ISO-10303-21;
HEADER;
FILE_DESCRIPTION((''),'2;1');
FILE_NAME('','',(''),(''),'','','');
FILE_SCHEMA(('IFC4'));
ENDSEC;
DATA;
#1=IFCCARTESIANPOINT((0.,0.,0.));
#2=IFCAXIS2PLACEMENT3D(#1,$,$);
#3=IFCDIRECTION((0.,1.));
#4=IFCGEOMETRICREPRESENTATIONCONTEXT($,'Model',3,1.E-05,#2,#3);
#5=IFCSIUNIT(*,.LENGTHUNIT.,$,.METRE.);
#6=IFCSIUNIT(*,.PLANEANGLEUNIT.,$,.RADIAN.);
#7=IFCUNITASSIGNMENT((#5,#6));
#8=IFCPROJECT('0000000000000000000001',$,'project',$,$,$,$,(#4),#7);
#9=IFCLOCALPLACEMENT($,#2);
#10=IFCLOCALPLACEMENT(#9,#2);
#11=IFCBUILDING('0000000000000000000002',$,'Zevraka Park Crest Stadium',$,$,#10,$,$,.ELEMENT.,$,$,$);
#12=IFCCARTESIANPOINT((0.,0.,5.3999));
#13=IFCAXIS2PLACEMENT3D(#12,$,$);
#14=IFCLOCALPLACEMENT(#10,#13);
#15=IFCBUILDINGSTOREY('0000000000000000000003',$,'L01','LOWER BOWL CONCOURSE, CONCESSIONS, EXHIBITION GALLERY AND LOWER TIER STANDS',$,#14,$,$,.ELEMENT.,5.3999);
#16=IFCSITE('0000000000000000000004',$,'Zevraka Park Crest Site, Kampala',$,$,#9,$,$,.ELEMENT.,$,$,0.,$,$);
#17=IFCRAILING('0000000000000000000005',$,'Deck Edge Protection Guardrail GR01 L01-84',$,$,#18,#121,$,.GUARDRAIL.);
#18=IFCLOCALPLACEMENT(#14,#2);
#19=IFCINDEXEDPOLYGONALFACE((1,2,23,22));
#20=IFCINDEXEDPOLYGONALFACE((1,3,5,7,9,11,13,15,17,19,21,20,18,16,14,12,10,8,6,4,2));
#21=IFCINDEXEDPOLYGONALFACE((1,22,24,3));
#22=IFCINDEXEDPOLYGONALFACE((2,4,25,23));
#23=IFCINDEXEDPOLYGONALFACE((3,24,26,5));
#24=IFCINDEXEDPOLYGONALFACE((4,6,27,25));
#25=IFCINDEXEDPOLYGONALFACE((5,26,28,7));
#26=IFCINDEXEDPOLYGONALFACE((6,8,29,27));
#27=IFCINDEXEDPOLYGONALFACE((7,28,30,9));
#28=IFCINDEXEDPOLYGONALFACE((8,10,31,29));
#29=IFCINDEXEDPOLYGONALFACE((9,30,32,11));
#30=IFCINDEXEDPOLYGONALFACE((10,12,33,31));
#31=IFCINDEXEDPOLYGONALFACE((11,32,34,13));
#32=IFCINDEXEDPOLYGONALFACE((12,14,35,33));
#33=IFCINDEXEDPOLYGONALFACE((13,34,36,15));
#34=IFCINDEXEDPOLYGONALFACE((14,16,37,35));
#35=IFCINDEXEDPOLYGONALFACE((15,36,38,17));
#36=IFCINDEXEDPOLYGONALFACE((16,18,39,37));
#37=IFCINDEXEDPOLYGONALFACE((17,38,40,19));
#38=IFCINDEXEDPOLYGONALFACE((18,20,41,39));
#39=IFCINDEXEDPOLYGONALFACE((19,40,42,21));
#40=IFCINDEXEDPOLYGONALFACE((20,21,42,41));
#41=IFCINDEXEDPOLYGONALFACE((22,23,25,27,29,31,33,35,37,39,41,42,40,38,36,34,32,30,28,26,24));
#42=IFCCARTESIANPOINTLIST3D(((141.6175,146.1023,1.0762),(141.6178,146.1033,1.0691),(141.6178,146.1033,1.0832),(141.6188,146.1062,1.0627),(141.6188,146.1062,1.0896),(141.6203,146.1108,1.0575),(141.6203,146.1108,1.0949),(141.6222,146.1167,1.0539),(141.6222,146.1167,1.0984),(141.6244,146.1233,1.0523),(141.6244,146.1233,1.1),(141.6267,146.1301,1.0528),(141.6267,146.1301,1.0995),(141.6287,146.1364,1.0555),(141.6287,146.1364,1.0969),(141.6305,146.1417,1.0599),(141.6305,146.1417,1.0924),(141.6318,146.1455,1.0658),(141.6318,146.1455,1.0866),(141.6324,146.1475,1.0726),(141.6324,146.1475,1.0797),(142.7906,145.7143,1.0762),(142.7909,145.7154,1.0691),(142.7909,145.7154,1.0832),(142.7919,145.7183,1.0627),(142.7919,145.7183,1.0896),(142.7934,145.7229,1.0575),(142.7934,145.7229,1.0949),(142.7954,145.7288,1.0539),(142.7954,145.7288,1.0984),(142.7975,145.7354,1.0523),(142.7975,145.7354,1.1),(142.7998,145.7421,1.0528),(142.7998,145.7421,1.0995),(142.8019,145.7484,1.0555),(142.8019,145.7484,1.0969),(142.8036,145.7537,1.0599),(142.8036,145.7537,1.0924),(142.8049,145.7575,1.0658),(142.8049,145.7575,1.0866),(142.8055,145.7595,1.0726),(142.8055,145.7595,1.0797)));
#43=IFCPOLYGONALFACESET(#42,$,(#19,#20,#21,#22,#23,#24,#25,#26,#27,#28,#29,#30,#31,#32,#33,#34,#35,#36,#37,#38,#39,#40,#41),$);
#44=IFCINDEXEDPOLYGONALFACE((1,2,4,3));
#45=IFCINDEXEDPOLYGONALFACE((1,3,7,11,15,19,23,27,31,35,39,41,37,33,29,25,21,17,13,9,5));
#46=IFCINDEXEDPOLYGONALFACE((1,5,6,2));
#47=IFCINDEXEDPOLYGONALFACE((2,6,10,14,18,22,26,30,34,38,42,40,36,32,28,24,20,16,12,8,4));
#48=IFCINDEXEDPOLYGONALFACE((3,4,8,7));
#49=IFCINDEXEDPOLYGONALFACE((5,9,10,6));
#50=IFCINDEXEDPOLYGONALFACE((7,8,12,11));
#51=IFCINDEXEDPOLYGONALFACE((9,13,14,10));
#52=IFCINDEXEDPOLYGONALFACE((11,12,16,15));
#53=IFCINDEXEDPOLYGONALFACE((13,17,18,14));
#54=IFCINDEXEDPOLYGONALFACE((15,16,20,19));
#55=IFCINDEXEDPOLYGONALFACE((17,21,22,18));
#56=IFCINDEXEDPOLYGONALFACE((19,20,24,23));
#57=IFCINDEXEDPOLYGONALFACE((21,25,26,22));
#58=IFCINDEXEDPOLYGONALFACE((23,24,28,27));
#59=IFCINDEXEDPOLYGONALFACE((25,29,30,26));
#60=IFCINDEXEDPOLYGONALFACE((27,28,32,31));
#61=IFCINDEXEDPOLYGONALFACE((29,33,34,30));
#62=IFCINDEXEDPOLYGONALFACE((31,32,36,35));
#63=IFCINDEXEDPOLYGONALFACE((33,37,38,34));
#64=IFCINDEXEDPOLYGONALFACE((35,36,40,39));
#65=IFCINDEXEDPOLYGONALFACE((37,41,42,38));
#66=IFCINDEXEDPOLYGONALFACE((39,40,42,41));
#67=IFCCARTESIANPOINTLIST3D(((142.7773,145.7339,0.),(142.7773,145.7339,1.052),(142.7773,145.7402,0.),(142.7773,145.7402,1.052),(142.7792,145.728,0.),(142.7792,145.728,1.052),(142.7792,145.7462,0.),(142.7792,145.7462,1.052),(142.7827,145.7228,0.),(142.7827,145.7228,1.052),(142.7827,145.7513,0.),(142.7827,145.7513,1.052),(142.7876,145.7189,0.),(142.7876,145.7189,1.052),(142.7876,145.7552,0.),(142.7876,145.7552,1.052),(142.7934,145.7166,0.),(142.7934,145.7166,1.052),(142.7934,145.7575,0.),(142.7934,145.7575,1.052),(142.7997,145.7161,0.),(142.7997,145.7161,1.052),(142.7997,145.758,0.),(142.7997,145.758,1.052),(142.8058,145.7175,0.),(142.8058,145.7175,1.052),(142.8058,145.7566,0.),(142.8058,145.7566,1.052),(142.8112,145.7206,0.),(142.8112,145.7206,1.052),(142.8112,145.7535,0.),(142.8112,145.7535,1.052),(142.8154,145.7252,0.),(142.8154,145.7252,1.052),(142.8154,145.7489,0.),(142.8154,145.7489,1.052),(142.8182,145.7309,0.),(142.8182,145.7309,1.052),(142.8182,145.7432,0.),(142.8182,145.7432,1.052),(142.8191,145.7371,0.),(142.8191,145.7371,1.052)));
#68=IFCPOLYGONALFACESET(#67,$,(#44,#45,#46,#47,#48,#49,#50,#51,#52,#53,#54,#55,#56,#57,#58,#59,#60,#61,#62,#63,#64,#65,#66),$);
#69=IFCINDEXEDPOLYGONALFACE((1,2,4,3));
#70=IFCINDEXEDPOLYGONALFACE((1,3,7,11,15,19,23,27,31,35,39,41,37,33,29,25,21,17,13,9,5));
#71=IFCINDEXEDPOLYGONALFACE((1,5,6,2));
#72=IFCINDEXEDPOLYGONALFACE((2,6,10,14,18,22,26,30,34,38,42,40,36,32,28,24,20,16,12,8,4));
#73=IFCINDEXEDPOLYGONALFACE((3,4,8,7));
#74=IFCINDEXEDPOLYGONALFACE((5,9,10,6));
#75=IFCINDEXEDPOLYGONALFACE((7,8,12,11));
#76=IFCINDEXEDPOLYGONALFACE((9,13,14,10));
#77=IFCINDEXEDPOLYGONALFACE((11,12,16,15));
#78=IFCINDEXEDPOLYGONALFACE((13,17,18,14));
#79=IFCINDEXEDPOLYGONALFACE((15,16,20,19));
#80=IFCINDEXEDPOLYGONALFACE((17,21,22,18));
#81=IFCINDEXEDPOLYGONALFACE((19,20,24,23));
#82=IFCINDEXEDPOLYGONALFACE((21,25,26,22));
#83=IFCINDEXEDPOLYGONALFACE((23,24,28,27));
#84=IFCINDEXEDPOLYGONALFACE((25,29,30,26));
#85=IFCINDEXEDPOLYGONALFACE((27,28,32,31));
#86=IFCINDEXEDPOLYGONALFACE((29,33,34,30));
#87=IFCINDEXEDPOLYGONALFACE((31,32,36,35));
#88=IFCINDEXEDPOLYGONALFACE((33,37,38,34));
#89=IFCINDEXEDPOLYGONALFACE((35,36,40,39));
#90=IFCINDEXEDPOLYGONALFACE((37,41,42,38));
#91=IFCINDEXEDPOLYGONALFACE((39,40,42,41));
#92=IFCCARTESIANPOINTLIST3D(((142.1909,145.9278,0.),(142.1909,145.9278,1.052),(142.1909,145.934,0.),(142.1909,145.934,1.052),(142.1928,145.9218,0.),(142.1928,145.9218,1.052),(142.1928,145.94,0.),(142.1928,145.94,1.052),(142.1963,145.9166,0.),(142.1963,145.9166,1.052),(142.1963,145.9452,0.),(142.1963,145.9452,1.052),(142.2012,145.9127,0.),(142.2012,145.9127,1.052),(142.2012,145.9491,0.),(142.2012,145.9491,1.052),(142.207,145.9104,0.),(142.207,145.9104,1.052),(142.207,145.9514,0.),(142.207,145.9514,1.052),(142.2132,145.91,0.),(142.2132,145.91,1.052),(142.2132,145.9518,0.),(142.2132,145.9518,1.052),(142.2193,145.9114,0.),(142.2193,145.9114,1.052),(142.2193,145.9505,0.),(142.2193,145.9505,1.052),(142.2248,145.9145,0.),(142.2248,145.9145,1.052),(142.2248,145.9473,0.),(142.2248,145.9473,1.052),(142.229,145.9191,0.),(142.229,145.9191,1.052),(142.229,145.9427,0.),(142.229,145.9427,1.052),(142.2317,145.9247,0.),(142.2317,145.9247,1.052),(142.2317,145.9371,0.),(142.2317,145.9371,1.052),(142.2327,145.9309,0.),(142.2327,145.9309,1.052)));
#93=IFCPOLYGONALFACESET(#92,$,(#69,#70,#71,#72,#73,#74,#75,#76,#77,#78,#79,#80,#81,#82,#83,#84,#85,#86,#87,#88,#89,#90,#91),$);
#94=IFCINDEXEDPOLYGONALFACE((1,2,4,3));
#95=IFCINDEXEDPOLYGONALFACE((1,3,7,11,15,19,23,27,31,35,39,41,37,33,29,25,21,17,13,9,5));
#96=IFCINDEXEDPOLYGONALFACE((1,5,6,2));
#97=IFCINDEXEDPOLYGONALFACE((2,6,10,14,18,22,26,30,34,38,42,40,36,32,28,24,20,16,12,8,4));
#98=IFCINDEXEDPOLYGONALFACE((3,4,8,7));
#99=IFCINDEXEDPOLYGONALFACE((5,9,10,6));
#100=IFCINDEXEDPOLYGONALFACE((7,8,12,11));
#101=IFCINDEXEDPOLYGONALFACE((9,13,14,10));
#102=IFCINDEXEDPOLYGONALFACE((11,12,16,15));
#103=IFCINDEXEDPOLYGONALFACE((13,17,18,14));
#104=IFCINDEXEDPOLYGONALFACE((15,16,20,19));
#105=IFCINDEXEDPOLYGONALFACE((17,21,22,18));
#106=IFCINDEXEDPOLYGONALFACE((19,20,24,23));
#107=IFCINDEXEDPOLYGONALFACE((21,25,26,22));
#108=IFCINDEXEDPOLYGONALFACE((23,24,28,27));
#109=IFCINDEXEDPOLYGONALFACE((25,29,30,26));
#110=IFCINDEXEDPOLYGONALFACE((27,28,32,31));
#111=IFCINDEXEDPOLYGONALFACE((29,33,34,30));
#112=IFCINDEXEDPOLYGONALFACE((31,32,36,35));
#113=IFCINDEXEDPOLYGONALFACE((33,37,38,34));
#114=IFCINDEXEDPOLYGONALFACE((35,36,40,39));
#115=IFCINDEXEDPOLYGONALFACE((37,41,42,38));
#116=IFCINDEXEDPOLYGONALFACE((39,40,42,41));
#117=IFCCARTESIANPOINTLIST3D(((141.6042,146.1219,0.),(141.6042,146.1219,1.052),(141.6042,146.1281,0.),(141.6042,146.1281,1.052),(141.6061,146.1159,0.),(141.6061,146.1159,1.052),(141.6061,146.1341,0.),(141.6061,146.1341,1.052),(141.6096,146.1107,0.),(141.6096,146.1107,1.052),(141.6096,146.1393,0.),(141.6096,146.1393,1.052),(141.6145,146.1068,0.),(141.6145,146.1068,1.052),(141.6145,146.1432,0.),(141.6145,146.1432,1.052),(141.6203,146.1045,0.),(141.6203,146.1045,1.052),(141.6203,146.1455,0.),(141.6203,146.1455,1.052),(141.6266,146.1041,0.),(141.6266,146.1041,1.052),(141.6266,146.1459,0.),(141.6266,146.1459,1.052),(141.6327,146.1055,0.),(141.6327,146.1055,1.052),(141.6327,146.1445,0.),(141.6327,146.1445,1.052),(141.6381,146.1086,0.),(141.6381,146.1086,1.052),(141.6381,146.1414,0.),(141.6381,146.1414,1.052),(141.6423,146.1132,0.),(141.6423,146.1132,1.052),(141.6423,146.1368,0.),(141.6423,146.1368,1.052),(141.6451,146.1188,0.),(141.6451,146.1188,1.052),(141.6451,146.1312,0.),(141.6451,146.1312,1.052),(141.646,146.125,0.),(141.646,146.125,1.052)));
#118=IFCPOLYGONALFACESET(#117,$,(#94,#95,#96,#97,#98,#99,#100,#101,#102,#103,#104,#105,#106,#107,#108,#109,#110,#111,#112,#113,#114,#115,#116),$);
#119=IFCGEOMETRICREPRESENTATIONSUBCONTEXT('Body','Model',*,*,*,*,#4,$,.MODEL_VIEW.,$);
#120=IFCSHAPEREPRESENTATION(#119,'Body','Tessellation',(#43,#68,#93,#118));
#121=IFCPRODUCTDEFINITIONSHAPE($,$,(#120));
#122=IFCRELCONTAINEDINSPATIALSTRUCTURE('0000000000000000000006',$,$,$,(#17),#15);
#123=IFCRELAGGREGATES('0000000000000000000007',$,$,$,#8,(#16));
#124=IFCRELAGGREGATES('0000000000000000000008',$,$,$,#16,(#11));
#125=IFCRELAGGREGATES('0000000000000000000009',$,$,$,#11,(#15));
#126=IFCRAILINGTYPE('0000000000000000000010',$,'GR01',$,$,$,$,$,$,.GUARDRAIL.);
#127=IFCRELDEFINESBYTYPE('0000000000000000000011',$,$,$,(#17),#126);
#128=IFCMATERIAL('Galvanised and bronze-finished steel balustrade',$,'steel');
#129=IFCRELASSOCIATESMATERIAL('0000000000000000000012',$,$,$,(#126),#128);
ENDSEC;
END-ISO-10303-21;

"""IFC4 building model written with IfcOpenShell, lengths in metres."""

from ifc_helpers import new_model, si_unit, direction, frame, origin, origin_2d, place, context, subcontext, project, spatial, circle, extrude, material, type_object, element, save


model = new_model("IFC4")

# Units and contexts
model_context = context("Model", 3, precision=1e-05, world=origin(), true_north=direction((0.0, 1.0)))
body_context = subcontext(model_context, "Body", "Model", "MODEL_VIEW")
ifc_project = project(units=[si_unit("LENGTHUNIT", "METRE"), si_unit("PLANEANGLEUNIT", "RADIAN")], contexts=[model_context])

# Site, building, storey
site_placement = place(None, origin())
site = spatial("IfcSite", under=ifc_project, at=site_placement, Name="Zevraka Park Crest Site, Kampala", CompositionType="ELEMENT", RefElevation=0.0)
building_placement = place(site_placement, origin())
building = spatial("IfcBuilding", under=site, at=building_placement, Name="Zevraka Park Crest Stadium", CompositionType="ELEMENT")
storey_placement = place(building_placement, frame((0.0, 0.0, 5.3999)))
storey = spatial("IfcBuildingStorey", under=building, at=storey_placement, Name="L01", Description="LOWER BOWL CONCOURSE, CONCESSIONS, EXHIBITION GALLERY AND LOWER TIER STANDS", CompositionType="ELEMENT", Elevation=5.3999)

# Railing
ifc_material_1 = material(Name="Galvanised and bronze-finished steel balustrade", Category="steel")
railing_type_1 = type_object("IfcRailingType", Name="GR01", PredefinedType="GUARDRAIL", material=ifc_material_1)
railing_1_placement = place(storey_placement, frame((142.7981, 145.7371, 0.0)))
element("IfcRailing", 1, at=railing_1_placement, inside=storey, type_object=railing_type_1, Name="Deck Edge Protection Guardrail GR01 L01-84", PredefinedType="GUARDRAIL", context=body_context, shape_type="SweptSolid", body=[
    extrude(circle(Radius=0.0239, at=origin_2d()), frame((0.0, 0.0, 1.0762), z_axis=(-0.949431, 0.313974, 0.0), x_axis=(-0.313974, -0.949431, 0.0)), (0.0, 0.0, 1.0), 1.2356),
    extrude(circle(Radius=0.021, at=origin_2d()), origin(), (0.0, 0.0, 1.0), 1.052),
    extrude(circle(Radius=0.021, at=origin_2d()), frame((-0.5864, 0.1938, 0.0)), (0.0, 0.0, 1.0), 1.052),
    extrude(circle(Radius=0.021, at=origin_2d()), frame((-1.1731, 0.3879, 0.0)), (0.0, 0.0, 1.0), 1.052),
])

save(model, "model.ifc")
